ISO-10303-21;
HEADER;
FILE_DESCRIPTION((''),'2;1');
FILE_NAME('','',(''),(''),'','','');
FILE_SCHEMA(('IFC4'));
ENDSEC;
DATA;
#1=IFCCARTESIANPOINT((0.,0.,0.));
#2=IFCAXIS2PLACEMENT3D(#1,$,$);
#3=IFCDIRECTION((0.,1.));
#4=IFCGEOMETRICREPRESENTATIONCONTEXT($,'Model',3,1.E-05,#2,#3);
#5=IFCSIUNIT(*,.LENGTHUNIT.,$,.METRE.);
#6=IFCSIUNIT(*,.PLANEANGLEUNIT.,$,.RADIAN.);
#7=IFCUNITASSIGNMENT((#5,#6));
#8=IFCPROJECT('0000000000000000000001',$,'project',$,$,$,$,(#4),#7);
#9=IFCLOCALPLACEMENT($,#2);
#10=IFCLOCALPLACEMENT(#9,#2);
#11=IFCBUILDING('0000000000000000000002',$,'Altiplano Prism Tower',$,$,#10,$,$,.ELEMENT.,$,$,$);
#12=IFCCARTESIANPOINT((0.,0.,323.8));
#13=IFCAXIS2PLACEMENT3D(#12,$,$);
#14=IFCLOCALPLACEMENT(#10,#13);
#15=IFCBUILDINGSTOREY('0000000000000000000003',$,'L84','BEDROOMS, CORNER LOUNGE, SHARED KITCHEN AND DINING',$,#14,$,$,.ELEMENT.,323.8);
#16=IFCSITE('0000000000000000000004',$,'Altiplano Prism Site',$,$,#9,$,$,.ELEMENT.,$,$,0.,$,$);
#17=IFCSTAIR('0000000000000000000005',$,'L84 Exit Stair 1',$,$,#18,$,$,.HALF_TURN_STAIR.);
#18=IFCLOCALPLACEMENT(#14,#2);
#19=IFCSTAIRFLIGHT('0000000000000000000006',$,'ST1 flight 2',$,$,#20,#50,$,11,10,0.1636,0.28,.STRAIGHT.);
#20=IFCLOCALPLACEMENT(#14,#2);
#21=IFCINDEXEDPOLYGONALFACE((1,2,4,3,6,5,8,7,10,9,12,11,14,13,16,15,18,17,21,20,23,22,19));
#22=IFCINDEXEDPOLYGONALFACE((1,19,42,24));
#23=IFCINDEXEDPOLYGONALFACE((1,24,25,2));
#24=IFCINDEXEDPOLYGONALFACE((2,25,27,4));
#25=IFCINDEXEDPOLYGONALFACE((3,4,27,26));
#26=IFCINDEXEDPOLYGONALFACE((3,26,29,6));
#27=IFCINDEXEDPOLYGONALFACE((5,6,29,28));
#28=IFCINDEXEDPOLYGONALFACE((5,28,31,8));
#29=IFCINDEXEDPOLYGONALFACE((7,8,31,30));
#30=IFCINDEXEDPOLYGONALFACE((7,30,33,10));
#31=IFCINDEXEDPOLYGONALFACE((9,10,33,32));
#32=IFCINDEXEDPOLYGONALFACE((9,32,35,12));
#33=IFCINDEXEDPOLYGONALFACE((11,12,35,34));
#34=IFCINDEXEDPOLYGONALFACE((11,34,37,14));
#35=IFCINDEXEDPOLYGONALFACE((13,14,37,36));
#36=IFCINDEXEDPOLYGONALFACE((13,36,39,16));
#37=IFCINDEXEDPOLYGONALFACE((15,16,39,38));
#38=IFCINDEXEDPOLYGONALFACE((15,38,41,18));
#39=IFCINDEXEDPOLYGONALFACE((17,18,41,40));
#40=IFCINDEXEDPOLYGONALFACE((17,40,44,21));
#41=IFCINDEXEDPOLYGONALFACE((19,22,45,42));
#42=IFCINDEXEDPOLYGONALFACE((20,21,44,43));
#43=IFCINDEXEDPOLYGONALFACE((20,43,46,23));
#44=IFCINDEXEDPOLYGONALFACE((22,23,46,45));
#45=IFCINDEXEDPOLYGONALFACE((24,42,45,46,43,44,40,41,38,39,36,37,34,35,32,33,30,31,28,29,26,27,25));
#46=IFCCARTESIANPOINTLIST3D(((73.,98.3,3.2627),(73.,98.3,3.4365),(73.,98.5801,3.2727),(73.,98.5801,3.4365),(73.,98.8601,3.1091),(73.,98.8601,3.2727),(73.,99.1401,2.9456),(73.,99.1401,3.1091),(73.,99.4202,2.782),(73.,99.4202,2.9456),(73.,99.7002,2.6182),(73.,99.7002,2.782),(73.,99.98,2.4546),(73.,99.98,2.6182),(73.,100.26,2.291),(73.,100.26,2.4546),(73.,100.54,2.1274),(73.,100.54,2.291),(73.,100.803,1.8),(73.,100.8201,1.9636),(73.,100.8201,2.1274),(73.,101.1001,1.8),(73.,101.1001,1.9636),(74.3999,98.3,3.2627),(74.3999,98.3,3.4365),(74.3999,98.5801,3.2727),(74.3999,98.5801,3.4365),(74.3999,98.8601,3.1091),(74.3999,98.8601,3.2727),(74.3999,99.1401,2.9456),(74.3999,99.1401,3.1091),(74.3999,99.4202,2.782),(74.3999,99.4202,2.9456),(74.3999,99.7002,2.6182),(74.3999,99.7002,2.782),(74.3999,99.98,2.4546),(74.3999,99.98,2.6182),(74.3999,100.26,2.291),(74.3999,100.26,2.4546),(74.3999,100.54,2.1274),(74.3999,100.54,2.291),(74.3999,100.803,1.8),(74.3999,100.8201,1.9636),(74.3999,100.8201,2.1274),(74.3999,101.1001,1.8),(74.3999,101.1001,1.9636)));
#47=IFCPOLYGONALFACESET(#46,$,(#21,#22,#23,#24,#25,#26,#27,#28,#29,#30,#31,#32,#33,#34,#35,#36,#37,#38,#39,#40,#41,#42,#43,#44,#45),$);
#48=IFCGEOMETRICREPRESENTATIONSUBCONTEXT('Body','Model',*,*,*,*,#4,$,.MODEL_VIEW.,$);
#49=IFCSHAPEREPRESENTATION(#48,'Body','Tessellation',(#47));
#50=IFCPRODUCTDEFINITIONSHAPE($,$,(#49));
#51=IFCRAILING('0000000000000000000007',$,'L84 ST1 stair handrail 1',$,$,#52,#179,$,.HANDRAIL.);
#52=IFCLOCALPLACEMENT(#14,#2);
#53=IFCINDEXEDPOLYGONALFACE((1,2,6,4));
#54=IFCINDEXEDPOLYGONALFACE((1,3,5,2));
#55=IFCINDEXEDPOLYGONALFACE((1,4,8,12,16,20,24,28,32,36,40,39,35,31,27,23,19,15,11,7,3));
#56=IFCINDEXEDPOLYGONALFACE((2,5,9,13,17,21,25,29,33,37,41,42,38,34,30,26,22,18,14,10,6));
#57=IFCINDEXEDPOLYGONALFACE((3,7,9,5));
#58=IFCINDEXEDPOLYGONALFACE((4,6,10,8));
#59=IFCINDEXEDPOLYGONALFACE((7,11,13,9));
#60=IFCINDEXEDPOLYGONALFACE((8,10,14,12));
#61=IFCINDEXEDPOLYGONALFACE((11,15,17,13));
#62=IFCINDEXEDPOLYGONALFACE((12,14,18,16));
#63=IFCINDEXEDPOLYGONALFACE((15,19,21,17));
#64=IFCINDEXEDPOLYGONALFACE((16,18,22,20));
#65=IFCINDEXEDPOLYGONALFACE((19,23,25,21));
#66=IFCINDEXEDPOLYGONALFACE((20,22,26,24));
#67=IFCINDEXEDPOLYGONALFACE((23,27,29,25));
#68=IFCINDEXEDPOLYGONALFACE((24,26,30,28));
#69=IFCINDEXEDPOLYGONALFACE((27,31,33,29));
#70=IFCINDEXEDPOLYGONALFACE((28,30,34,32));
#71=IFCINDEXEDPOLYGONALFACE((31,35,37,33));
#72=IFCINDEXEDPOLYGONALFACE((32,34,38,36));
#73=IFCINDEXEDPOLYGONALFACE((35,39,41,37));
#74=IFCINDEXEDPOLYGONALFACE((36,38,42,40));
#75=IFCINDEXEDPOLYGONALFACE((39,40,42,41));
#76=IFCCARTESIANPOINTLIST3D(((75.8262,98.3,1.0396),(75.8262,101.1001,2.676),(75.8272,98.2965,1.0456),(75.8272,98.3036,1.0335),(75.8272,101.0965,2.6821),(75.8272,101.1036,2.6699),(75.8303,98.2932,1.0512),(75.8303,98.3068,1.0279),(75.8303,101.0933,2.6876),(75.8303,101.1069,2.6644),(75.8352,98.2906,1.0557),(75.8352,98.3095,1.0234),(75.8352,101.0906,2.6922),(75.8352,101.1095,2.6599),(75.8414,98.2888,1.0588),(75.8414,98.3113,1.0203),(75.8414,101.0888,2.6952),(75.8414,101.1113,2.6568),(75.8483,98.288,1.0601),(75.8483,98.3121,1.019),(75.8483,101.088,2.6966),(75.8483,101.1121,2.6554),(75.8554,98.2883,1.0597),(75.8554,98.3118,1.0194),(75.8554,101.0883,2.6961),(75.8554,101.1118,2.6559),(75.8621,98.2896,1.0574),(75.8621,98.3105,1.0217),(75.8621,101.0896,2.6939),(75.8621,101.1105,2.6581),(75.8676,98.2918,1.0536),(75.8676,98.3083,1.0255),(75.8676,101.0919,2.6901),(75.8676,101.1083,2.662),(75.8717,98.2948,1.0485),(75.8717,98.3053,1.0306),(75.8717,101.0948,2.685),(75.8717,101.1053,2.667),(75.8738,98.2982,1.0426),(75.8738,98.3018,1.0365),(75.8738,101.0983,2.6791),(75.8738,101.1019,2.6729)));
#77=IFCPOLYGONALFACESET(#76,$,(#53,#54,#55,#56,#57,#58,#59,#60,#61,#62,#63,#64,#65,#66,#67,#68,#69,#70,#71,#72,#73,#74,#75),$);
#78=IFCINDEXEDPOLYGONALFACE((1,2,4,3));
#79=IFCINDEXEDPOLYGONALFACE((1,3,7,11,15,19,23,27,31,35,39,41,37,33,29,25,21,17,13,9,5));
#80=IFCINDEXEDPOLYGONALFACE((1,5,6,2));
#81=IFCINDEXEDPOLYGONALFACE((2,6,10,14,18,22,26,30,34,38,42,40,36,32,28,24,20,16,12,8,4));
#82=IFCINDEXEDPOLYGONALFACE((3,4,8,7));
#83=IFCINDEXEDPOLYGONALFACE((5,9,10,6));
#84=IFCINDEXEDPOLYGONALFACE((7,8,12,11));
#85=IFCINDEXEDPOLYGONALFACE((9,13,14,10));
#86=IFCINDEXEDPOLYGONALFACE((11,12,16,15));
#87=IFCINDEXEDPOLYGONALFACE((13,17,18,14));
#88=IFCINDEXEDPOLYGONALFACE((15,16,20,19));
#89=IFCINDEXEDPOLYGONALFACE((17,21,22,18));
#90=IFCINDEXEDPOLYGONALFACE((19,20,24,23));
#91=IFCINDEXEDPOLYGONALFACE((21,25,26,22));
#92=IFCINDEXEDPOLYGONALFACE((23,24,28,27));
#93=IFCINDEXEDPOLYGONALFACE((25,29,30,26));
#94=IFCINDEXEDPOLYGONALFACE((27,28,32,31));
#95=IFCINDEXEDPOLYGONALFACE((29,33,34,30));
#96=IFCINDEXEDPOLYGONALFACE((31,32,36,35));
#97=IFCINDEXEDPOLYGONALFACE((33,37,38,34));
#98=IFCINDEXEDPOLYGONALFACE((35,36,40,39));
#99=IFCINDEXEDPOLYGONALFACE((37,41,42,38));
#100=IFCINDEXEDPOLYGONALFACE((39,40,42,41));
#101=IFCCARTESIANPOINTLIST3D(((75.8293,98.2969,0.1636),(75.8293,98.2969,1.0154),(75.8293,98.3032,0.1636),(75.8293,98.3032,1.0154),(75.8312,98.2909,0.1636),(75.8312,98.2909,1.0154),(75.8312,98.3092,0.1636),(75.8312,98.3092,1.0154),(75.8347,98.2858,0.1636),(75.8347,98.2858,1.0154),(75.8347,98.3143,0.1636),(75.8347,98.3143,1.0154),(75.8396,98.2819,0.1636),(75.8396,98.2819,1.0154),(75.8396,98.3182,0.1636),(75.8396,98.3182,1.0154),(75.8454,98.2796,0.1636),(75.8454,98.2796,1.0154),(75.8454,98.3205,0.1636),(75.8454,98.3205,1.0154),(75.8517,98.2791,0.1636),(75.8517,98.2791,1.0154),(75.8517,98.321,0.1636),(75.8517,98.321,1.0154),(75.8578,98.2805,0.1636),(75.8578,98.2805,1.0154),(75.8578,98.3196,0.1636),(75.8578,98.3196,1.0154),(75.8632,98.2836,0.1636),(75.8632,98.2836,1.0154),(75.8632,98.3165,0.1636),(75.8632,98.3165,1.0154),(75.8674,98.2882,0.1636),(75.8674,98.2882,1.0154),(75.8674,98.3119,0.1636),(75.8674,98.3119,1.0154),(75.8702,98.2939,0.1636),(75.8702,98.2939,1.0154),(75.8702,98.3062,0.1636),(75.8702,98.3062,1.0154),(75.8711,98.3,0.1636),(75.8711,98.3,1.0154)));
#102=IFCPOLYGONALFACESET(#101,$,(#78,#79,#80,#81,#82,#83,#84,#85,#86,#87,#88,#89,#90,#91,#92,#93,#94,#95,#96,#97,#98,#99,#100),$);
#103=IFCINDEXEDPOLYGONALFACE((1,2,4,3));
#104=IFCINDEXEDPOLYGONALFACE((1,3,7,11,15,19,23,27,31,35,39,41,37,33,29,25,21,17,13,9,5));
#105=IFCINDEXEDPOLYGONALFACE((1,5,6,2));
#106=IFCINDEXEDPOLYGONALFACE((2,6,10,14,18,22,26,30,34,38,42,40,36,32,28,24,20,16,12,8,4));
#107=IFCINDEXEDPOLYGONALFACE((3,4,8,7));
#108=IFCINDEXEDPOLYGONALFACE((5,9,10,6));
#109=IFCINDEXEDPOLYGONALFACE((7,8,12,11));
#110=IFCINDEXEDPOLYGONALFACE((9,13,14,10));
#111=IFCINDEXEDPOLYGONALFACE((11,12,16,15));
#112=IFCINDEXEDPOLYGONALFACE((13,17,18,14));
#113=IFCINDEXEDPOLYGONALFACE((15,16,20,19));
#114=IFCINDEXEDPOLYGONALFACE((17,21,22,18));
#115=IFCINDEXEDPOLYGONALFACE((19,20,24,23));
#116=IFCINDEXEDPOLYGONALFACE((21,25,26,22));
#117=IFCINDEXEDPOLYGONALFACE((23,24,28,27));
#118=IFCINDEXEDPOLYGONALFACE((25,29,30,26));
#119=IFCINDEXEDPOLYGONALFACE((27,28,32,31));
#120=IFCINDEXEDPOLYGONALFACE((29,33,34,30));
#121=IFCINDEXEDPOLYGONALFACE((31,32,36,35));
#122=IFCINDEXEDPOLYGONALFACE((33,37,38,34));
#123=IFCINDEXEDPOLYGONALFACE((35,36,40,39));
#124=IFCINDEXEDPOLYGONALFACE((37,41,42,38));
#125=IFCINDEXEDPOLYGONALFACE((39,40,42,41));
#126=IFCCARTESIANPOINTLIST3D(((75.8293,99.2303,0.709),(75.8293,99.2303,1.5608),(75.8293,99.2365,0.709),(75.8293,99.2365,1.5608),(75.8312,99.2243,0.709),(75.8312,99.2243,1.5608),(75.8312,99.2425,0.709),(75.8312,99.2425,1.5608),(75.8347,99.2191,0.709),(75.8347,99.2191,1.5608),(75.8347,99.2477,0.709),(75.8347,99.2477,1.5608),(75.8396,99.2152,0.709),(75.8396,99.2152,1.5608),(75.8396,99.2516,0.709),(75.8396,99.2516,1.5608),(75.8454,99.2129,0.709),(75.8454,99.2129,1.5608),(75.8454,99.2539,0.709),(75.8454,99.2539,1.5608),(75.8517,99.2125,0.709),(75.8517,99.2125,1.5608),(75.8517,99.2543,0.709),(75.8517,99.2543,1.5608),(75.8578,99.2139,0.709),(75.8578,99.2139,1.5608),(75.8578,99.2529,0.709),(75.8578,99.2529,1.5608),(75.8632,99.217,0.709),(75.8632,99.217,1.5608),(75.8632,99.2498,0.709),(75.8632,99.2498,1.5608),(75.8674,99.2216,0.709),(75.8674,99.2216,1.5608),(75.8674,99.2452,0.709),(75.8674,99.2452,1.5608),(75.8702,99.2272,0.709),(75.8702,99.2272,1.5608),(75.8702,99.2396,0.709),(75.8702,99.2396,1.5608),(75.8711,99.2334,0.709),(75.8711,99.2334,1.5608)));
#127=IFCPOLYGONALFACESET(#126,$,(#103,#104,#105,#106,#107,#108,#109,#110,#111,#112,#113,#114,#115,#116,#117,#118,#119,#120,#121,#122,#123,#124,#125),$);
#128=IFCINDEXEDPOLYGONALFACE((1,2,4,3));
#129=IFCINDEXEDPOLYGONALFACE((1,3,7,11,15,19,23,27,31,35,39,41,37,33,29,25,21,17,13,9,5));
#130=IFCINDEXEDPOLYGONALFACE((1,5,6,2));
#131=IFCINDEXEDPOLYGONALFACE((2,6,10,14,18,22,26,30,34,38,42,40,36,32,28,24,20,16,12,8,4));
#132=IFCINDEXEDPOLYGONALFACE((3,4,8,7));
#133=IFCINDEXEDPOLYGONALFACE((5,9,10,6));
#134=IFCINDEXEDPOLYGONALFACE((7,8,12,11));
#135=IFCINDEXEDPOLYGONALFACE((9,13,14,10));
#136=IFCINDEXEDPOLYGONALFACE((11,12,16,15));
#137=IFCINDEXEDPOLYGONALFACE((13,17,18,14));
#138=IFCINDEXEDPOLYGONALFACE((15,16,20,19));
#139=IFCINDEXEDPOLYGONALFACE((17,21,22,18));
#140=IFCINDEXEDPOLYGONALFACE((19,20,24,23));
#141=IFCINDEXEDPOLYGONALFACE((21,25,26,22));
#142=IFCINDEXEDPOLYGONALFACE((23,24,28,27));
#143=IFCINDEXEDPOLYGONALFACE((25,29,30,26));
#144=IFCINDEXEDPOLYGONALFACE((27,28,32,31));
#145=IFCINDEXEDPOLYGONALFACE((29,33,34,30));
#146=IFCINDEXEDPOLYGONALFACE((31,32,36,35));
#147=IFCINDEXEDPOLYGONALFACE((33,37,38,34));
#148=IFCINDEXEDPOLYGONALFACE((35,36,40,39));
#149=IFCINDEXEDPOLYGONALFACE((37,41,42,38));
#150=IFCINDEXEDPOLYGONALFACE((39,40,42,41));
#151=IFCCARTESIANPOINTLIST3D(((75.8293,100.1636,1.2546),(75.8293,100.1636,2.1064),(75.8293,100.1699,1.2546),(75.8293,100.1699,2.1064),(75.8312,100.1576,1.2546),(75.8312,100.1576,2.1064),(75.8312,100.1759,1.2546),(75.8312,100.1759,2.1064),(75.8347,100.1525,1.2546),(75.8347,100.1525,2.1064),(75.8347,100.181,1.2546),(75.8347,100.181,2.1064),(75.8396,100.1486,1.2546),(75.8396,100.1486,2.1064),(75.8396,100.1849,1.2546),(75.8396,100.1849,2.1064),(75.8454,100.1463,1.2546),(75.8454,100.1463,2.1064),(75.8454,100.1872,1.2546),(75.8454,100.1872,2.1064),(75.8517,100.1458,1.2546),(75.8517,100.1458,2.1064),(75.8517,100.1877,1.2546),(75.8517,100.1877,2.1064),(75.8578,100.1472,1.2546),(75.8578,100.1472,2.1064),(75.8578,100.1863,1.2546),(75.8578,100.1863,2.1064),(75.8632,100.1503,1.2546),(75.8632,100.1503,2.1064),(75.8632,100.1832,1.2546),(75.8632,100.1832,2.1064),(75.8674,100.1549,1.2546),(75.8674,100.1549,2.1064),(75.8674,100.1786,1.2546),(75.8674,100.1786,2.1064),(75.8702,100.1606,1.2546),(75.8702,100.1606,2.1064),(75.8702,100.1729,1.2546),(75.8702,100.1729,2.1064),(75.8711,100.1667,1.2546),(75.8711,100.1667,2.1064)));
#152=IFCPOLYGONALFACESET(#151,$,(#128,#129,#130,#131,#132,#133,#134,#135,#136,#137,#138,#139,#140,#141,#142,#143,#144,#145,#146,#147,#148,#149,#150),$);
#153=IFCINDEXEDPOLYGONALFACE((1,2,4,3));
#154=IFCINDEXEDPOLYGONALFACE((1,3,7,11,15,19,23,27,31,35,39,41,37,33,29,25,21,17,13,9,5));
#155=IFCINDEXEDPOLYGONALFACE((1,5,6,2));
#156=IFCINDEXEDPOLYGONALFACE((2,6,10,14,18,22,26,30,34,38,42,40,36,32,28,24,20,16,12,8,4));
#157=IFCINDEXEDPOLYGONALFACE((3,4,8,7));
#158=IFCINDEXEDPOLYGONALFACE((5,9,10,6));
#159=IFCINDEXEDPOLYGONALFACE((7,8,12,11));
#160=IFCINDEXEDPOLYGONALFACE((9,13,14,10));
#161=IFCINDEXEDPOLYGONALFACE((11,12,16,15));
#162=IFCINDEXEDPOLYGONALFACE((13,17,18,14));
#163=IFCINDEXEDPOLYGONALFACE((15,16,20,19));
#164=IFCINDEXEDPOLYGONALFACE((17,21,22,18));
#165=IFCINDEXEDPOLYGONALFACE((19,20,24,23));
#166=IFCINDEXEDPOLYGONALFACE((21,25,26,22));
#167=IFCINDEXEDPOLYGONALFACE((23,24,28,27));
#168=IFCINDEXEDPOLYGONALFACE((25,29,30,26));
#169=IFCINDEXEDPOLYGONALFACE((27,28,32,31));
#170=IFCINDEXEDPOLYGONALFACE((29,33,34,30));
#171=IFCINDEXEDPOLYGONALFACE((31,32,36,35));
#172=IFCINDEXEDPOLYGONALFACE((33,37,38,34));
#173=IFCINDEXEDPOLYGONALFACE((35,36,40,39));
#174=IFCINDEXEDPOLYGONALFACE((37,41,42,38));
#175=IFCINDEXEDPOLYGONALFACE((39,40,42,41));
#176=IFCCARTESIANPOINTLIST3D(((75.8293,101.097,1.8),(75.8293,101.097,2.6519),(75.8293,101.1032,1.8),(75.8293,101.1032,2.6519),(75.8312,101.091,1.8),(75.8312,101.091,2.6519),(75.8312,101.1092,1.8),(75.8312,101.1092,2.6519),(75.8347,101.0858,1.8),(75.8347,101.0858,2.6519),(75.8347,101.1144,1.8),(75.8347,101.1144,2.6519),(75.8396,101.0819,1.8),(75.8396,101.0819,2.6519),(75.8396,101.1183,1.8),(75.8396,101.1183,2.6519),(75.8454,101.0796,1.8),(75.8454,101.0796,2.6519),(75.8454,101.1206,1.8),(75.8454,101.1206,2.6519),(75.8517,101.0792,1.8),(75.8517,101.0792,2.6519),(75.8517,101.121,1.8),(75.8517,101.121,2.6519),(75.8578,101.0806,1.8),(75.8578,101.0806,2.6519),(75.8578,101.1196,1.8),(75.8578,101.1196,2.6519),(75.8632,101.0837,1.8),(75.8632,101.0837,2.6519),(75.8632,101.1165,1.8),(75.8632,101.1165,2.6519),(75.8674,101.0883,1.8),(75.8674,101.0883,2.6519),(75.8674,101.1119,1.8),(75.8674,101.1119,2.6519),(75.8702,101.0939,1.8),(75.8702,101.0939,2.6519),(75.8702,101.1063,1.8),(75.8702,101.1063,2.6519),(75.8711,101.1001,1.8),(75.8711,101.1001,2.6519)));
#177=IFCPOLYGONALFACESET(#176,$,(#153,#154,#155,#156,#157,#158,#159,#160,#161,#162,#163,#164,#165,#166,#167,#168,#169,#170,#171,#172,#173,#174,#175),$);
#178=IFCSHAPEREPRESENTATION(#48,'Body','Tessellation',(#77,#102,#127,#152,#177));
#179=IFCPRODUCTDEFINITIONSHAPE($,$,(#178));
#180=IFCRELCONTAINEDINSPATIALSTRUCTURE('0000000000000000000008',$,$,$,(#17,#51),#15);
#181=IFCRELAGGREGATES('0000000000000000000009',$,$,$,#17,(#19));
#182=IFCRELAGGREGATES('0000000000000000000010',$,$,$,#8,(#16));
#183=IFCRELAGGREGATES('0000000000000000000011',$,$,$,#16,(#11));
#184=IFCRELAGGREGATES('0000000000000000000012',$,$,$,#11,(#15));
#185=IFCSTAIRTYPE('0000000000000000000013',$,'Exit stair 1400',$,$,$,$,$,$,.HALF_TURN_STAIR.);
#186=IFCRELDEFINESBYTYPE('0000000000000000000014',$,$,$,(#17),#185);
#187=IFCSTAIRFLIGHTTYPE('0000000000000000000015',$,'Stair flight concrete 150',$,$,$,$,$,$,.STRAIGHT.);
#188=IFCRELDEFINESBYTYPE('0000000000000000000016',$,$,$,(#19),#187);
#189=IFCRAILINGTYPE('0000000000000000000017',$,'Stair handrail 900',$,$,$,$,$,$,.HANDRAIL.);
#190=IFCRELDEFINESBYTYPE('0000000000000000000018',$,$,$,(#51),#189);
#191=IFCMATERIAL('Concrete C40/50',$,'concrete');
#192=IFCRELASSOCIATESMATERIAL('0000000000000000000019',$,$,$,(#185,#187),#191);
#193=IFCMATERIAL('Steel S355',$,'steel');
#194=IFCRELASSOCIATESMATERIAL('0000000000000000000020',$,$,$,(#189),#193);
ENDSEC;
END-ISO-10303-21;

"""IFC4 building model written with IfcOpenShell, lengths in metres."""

from ifc_helpers import new_model, si_unit, direction, frame, origin, origin_2d, place, context, subcontext, project, spatial, polyline, circle, outline, extrude, material, type_object, element, aggregate, save


model = new_model("IFC4")

# Units and contexts
model_context = context("Model", 3, precision=1e-05, world=origin(), true_north=direction((0.0, 1.0)))
body_context = subcontext(model_context, "Body", "Model", "MODEL_VIEW")
ifc_project = project(units=[si_unit("LENGTHUNIT", "METRE"), si_unit("PLANEANGLEUNIT", "RADIAN")], contexts=[model_context])

# Site, building, storey
site_placement = place(None, origin())
site = spatial("IfcSite", under=ifc_project, at=site_placement, Name="Altiplano Prism Site", CompositionType="ELEMENT", RefElevation=0.0)
building_placement = place(site_placement, origin())
building = spatial("IfcBuilding", under=site, at=building_placement, Name="Altiplano Prism Tower", CompositionType="ELEMENT")
storey_placement = place(building_placement, frame((0.0, 0.0, 323.8)))
storey = spatial("IfcBuildingStorey", under=building, at=storey_placement, Name="L84", Description="BEDROOMS, CORNER LOUNGE, SHARED KITCHEN AND DINING", CompositionType="ELEMENT", Elevation=323.8)

# Stair, stair flight
ifc_material_1 = material(Name="Concrete C40/50", Category="concrete")
stair_type = type_object("IfcStairType", Name="Exit stair 1400", PredefinedType="HALF_TURN_STAIR", material=ifc_material_1)
stair_placement = place(storey_placement, origin())
stair = element("IfcStair", 1, at=stair_placement, inside=storey, type_object=stair_type, Name="L84 Exit Stair 1", PredefinedType="HALF_TURN_STAIR")
stair_flight_type = type_object("IfcStairFlightType", Name="Stair flight concrete 150", PredefinedType="STRAIGHT", material=ifc_material_1)
stair_flight_1_placement = place(storey_placement, frame((73.7, 101.1001, 1.8), z_axis=(0.0, 0.0, 1.0), x_axis=(0.0, -1.0, 0.0)))
stair_flight_1 = element("IfcStairFlight", 2, at=stair_flight_1_placement, type_object=stair_flight_type, Name="ST1 flight 2", NumberOfRisers=11, NumberOfTreads=10, PredefinedType="STRAIGHT", RiserHeight=0.1636, TreadLength=0.28, context=body_context, shape_type="SweptSolid", body=[
    extrude(outline(polyline([(0.0, 0.0), (0.0, 0.1636), (0.28, 0.1636), (0.28, 0.3274), (0.5601, 0.3274), (0.5601, 0.491), (0.8401, 0.491), (0.8401, 0.6545), (1.1201, 0.6545), (1.1201, 0.8181), (1.3999, 0.8181), (1.3999, 0.9819), (1.6799, 0.9819), (1.6799, 1.1455), (1.96, 1.1455), (1.96, 1.3091), (2.24, 1.3091), (2.24, 1.4727), (2.52, 1.4727), (2.52, 1.6365), (2.8, 1.6365), (2.8, 1.8), (2.8, 1.4626), (0.2971, 0.0), (0.0, 0.0)])), frame((0.0, 0.7, 0.0), z_axis=(0.0, -1.0, 0.0), x_axis=(1.0, 0.0, 0.0)), (0.0, 0.0, 1.0), 1.3999),
])
aggregate(stair, [stair_flight_1])

# Railing
ifc_material_2 = material(Name="Steel S355", Category="steel")
railing_type = type_object("IfcRailingType", Name="Stair handrail 900", PredefinedType="HANDRAIL", material=ifc_material_2)
railing_1_placement = place(storey_placement, frame((75.8501, 98.3, 0.1636)))
element("IfcRailing", 3, at=railing_1_placement, inside=storey, type_object=railing_type, Name="L84 ST1 stair handrail 1", PredefinedType="HANDRAIL", context=body_context, shape_type="SweptSolid", body=[
    extrude(circle(Radius=0.0239, at=origin_2d()), frame((0.0, 0.0, 0.876), z_axis=(0.0, 0.863361, 0.504587), x_axis=(-1.0, 0.0, 0.0)), (0.0, 0.0, 1.0), 3.2432),
    extrude(circle(Radius=0.021, at=origin_2d()), origin(), (0.0, 0.0, 1.0), 0.8518),
    extrude(circle(Radius=0.021, at=origin_2d()), frame((0.0, 0.9333, 0.5454)), (0.0, 0.0, 1.0), 0.8518),
    extrude(circle(Radius=0.021, at=origin_2d()), frame((0.0, 1.8667, 1.0911)), (0.0, 0.0, 1.0), 0.8518),
    extrude(circle(Radius=0.021, at=origin_2d()), frame((0.0, 2.8, 1.6365)), (0.0, 0.0, 1.0), 0.8518),
])

save(model, "model.ifc")
